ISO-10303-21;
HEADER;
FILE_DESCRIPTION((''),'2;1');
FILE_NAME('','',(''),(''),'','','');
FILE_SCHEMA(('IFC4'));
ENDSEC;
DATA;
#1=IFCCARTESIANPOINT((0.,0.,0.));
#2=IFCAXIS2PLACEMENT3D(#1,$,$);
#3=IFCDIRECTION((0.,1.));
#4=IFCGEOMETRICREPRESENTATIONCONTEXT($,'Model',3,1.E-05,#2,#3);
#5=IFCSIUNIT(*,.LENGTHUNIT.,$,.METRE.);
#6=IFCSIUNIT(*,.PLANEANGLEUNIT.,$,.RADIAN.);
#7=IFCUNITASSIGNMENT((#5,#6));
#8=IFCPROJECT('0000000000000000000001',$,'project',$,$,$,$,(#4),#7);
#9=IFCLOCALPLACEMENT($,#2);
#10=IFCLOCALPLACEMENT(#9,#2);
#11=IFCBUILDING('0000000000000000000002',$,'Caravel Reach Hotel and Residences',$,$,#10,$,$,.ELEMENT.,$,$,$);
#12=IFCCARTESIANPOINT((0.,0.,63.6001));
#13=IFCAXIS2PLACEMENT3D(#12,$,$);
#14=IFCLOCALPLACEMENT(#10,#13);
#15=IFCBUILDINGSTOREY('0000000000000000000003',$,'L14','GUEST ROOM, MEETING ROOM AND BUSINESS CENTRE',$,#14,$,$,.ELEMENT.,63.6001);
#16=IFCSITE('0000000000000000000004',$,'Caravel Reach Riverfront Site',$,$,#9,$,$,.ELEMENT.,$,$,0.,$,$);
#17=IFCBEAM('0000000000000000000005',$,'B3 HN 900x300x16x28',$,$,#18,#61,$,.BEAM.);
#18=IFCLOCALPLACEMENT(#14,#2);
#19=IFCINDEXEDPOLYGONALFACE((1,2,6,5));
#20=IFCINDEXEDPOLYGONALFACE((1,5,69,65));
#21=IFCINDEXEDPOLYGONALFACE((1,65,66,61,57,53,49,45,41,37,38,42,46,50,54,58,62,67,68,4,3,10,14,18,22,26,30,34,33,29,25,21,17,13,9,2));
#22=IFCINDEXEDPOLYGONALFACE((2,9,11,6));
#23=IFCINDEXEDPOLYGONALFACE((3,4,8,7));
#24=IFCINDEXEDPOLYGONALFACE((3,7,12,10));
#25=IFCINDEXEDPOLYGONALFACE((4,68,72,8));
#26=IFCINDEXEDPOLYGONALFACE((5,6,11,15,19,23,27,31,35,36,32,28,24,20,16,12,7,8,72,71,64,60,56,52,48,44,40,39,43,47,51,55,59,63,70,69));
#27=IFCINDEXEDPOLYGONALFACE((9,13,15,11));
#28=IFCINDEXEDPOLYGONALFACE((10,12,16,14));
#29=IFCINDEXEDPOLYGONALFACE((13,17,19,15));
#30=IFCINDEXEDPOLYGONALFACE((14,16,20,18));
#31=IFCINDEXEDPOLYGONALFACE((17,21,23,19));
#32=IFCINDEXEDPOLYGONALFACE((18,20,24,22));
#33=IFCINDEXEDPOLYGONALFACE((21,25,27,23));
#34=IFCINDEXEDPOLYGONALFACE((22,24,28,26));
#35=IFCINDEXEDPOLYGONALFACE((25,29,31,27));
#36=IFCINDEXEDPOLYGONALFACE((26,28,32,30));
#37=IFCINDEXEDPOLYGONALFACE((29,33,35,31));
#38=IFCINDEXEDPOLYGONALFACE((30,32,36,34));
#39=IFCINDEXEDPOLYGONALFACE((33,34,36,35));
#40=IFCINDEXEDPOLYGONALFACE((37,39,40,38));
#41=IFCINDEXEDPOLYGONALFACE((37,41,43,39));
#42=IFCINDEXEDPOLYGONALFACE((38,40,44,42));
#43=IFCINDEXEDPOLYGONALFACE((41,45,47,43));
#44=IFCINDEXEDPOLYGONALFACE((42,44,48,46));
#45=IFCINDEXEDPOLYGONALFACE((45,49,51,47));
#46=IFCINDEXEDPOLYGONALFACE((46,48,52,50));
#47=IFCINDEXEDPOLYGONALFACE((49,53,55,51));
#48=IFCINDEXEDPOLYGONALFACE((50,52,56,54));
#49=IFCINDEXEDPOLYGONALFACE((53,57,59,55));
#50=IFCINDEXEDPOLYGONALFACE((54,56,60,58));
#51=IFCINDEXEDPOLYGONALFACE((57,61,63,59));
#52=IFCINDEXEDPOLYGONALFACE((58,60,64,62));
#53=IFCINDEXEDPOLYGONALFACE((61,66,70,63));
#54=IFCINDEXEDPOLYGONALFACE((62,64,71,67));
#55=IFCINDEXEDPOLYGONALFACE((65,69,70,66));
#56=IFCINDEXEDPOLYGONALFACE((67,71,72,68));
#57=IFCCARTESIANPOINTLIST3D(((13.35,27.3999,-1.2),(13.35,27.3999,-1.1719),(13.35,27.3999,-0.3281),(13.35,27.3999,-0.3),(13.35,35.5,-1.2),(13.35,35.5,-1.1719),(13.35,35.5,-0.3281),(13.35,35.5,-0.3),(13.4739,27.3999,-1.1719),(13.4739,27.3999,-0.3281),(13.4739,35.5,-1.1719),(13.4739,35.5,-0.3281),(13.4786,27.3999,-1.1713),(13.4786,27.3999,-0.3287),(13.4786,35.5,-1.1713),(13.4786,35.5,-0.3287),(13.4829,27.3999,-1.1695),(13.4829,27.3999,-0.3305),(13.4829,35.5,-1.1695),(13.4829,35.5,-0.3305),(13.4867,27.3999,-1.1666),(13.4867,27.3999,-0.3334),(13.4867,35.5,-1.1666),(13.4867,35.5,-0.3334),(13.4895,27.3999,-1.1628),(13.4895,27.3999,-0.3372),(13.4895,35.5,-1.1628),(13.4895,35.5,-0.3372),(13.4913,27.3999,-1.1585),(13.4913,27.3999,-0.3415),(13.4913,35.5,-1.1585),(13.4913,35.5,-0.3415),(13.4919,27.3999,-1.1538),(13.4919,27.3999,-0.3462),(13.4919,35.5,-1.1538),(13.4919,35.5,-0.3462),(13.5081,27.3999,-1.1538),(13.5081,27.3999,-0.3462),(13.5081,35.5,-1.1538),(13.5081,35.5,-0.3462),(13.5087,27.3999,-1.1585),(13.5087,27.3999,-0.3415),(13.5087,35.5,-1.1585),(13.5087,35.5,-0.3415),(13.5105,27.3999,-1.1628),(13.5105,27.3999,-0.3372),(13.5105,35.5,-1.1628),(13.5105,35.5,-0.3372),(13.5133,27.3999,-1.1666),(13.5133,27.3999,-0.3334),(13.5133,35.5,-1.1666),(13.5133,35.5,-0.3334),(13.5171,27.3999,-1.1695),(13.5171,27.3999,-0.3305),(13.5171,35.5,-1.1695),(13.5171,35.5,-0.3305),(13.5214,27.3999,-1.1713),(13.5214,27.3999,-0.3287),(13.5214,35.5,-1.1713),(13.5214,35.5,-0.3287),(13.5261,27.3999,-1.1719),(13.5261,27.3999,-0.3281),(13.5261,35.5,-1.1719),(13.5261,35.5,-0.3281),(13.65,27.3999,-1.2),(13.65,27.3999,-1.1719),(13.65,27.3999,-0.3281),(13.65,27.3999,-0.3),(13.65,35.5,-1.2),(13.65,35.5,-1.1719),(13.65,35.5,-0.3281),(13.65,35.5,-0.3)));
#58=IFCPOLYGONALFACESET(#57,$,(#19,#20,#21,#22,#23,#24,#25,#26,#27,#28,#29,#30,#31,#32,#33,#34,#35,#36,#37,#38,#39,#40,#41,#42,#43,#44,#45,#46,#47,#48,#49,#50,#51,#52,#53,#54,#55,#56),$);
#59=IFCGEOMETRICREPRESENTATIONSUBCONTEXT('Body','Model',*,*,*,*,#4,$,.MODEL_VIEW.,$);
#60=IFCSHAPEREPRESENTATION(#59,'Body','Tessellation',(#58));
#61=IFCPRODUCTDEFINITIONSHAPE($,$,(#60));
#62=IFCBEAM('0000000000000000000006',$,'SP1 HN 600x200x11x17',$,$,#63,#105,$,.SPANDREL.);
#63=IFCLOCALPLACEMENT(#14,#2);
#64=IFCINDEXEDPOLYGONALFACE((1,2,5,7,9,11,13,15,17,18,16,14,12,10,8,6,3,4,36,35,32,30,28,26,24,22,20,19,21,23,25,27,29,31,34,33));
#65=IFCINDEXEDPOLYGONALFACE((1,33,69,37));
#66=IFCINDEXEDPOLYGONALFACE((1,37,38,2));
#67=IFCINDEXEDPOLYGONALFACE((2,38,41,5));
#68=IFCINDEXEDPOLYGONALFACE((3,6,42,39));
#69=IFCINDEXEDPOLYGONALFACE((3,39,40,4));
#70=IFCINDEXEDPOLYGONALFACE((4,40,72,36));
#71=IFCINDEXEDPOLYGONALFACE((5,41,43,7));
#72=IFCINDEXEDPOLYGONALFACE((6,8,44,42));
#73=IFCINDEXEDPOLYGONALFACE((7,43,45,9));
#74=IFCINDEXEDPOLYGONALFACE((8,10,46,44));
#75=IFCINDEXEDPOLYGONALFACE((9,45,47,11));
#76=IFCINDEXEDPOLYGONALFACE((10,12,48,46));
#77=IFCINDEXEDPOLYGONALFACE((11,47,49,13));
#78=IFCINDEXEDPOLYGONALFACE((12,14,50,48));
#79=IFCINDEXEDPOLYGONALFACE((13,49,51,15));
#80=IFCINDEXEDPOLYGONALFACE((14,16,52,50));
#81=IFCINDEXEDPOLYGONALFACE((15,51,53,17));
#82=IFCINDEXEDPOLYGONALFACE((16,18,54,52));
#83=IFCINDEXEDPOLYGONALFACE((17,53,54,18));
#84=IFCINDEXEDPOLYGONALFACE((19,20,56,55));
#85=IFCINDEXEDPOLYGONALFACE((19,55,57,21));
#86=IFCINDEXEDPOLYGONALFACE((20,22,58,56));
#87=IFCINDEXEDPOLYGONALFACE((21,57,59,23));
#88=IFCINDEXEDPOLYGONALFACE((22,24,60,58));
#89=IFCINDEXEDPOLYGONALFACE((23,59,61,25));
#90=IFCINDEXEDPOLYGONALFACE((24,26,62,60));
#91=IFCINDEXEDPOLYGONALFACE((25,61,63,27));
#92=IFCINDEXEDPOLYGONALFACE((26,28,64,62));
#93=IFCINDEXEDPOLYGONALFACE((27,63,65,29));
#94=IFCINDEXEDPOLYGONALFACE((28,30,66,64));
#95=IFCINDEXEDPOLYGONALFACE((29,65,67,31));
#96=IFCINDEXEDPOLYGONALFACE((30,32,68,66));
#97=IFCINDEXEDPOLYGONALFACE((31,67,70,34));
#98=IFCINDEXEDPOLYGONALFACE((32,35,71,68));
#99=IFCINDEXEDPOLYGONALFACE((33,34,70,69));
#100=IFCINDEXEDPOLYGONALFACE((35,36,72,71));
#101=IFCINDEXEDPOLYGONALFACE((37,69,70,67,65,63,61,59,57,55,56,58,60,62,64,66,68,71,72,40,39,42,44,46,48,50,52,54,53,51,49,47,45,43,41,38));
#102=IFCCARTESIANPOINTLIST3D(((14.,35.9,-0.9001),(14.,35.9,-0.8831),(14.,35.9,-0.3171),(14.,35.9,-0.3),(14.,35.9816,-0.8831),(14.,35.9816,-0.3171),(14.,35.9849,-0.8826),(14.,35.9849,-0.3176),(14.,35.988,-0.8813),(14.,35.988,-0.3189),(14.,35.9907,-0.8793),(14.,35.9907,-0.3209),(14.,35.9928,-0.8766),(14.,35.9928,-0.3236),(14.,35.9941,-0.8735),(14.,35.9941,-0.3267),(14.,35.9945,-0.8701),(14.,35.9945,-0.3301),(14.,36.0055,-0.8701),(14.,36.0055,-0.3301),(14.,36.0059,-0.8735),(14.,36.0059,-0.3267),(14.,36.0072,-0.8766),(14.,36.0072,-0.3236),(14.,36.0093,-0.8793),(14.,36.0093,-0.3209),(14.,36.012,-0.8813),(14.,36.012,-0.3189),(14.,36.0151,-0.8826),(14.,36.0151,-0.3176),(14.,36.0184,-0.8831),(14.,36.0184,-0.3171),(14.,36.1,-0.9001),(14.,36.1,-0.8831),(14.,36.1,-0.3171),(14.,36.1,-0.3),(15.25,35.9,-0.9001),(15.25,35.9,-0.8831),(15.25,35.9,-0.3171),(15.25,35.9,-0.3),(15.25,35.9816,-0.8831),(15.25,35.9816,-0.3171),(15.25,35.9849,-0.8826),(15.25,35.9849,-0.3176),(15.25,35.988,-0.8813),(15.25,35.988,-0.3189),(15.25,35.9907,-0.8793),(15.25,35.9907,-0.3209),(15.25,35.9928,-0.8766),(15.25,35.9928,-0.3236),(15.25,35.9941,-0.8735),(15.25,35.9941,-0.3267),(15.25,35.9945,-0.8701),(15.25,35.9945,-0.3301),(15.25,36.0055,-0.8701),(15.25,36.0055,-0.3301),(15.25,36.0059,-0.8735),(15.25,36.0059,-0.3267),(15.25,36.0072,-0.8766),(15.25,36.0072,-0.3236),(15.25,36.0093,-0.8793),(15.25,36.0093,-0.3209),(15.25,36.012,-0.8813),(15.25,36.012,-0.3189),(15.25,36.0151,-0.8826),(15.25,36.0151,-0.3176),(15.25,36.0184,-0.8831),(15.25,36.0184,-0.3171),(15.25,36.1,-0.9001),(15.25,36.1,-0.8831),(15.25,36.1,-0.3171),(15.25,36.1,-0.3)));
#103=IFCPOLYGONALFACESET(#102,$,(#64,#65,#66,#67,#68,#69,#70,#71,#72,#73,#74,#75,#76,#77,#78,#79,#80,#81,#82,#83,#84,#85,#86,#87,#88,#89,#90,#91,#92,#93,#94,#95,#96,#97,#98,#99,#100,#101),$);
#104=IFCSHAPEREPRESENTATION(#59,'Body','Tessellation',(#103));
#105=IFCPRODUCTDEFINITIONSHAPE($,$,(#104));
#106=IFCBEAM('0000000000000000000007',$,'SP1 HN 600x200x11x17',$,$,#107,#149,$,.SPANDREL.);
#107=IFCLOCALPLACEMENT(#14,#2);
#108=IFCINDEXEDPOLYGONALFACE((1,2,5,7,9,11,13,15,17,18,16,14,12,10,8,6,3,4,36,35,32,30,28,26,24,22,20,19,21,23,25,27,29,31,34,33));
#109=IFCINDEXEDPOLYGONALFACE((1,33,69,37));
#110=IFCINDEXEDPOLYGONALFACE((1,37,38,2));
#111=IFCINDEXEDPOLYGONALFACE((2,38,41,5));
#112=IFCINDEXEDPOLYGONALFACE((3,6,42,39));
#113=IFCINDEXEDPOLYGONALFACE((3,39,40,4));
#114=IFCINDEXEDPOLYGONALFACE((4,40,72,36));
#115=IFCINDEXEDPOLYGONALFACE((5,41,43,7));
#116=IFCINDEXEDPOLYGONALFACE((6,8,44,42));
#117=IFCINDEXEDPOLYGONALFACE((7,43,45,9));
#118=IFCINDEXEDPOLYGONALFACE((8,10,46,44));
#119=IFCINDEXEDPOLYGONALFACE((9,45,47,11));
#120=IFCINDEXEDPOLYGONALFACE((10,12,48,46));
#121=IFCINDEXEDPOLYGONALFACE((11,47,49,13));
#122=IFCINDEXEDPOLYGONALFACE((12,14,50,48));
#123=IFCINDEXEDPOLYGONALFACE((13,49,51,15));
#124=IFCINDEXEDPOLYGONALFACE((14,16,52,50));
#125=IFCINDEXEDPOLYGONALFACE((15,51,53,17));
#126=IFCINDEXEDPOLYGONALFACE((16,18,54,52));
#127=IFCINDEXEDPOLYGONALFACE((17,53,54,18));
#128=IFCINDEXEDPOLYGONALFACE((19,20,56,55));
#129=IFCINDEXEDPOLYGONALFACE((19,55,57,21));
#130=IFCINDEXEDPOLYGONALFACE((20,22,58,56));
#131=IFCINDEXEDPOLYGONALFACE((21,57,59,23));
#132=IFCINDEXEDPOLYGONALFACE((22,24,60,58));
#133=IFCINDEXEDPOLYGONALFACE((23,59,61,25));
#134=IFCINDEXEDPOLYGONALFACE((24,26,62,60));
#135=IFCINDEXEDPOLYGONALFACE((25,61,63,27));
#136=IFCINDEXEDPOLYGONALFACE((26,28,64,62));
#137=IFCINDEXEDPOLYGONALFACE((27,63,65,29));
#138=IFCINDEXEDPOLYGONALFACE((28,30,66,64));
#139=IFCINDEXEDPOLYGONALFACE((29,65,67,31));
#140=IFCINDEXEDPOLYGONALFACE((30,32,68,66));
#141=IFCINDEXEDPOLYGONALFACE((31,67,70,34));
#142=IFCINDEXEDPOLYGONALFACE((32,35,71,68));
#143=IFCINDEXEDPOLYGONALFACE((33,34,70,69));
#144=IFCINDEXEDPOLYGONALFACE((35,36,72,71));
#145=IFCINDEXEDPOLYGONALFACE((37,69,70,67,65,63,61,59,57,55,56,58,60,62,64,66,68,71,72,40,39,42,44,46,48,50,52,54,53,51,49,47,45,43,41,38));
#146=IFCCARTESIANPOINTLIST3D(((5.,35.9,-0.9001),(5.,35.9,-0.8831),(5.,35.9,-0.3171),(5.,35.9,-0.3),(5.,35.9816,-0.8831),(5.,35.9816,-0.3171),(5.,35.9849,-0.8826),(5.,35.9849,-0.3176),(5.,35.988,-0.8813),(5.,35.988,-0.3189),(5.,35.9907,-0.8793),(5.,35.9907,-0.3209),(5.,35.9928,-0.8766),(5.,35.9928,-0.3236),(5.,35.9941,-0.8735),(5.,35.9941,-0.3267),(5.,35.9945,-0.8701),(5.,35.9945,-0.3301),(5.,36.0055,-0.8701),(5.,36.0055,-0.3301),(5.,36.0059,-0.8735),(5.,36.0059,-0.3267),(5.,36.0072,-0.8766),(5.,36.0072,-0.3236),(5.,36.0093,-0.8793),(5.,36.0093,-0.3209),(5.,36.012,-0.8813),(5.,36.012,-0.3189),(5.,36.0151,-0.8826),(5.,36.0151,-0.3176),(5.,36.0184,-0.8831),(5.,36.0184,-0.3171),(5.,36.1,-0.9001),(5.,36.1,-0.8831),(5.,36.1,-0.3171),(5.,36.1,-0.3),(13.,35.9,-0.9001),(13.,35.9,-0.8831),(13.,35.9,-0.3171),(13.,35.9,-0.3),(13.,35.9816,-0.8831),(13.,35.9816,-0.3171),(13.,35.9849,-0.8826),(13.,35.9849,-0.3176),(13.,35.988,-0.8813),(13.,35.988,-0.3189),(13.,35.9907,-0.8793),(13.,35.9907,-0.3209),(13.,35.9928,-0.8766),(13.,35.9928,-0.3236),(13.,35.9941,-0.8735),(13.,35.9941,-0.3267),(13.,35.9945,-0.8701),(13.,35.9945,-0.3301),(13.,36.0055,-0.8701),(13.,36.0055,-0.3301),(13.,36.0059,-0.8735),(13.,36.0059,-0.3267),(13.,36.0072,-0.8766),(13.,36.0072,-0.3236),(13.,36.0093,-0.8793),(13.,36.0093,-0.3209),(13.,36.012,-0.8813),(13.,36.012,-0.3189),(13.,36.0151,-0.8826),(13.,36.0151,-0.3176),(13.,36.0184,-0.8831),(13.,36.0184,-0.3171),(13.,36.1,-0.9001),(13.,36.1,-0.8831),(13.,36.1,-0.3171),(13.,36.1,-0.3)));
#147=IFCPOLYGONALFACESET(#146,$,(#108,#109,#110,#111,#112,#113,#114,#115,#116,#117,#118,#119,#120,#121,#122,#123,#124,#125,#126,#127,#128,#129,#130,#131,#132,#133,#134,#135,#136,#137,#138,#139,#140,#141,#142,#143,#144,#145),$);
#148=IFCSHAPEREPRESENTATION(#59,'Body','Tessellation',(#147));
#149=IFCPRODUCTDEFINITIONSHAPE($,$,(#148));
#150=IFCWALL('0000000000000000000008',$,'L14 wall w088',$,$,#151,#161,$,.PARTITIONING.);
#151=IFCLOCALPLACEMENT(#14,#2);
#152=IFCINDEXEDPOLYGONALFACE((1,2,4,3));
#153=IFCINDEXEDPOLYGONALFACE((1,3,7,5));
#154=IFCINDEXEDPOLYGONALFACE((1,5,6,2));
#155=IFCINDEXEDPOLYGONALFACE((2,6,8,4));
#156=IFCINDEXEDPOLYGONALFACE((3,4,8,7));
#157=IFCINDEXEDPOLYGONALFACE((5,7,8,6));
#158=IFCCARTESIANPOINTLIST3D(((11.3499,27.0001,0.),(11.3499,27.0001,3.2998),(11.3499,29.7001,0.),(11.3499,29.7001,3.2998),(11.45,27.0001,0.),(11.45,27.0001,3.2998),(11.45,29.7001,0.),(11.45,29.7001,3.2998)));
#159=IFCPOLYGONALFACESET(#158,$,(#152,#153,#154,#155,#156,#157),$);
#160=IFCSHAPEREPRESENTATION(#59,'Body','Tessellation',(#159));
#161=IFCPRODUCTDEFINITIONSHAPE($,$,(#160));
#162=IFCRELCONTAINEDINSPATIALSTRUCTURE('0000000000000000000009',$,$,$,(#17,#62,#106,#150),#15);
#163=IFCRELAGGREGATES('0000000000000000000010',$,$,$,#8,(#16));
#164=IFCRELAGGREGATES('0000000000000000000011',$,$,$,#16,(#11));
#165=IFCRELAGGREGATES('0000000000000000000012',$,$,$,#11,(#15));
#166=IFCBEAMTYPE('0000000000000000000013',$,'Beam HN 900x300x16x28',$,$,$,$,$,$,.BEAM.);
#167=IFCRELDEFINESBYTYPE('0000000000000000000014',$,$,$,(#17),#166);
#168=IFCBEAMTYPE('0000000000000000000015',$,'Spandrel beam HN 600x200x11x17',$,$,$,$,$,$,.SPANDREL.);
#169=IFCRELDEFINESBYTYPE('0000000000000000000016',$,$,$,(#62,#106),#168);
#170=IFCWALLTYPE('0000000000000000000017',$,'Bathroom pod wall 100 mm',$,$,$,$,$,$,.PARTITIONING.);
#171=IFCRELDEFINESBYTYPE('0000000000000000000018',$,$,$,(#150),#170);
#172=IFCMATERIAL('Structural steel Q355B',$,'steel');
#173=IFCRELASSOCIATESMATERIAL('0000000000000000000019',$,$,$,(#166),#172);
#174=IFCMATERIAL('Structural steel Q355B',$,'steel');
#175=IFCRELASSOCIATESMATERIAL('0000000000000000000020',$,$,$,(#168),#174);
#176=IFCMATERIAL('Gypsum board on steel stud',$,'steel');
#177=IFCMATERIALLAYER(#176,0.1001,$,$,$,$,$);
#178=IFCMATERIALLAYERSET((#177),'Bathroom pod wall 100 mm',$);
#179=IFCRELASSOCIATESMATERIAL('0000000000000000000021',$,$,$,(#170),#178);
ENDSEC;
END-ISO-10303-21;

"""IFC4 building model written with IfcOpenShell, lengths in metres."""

from ifc_helpers import new_model, si_unit, direction, frame, frame_2d, origin, origin_2d, place, context, subcontext, project, spatial, rectangle, i_section, extrude, material, layer, layer_set, material_profile, profile_set, type_object, element, save


model = new_model("IFC4")

# Units and contexts
model_context = context("Model", 3, precision=1e-05, world=origin(), true_north=direction((0.0, 1.0)))
body_context = subcontext(model_context, "Body", "Model", "MODEL_VIEW")
ifc_project = project(units=[si_unit("LENGTHUNIT", "METRE"), si_unit("PLANEANGLEUNIT", "RADIAN")], contexts=[model_context])

# Site, building, storey
site_placement = place(None, origin())
site = spatial("IfcSite", under=ifc_project, at=site_placement, Name="Caravel Reach Riverfront Site", CompositionType="ELEMENT", RefElevation=0.0)
building_placement = place(site_placement, origin())
building = spatial("IfcBuilding", under=site, at=building_placement, Name="Caravel Reach Hotel and Residences", CompositionType="ELEMENT")
storey_placement = place(building_placement, frame((0.0, 0.0, 63.6001)))
storey = spatial("IfcBuildingStorey", under=building, at=storey_placement, Name="L14", Description="GUEST ROOM, MEETING ROOM AND BUSINESS CENTRE", CompositionType="ELEMENT", Elevation=63.6001)

# Beams
ifc_material_1 = material(Name="Structural steel Q355B", Category="steel")
ifc_material_profile_1 = material_profile(ifc_material_1, i_section(OverallWidth=0.3, OverallDepth=0.8999, WebThickness=0.0161, FlangeThickness=0.0281, FilletRadius=0.0181, at=origin_2d()), Name="HN 900x300x16x28")
ifc_profile_set_1 = profile_set([ifc_material_profile_1], Name="Structural steel Q355B")
beam_type_1 = type_object("IfcBeamType", Name="Beam HN 900x300x16x28", PredefinedType="BEAM", material=ifc_profile_set_1)
beam_1_placement = place(storey_placement, frame((13.5, 27.3999, -0.75), z_axis=(0.0, 1.0, 0.0), x_axis=(-1.0, 0.0, 0.0)))
element("IfcBeam", 1, at=beam_1_placement, inside=storey, type_object=beam_type_1, Name="B3 HN 900x300x16x28", PredefinedType="BEAM", context=body_context, shape_type="SweptSolid", body=[
    extrude(i_section(OverallWidth=0.3, OverallDepth=0.8999, WebThickness=0.0161, FlangeThickness=0.0281, FilletRadius=0.0181, at=origin_2d()), origin(), (0.0, 0.0, 1.0), 8.1001),
])
ifc_material_2 = material(Name="Structural steel Q355B", Category="steel")
ifc_material_profile_2 = material_profile(ifc_material_2, i_section(OverallWidth=0.2, OverallDepth=0.6001, WebThickness=0.011, FlangeThickness=0.0171, FilletRadius=0.0129, at=origin_2d()), Name="HN 600x200x11x17")
ifc_profile_set_2 = profile_set([ifc_material_profile_2], Name="Structural steel Q355B")
beam_type_2 = type_object("IfcBeamType", Name="Spandrel beam HN 600x200x11x17", PredefinedType="SPANDREL", material=ifc_profile_set_2)
beam_2_placement = place(storey_placement, frame((15.25, 36.0, -0.6001), z_axis=(-1.0, 0.0, 0.0), x_axis=(0.0, -1.0, 0.0)))
element("IfcBeam", 2, at=beam_2_placement, inside=storey, type_object=beam_type_2, Name="SP1 HN 600x200x11x17", PredefinedType="SPANDREL", context=body_context, shape_type="SweptSolid", body=[
    extrude(i_section(OverallWidth=0.2, OverallDepth=0.6001, WebThickness=0.011, FlangeThickness=0.0171, FilletRadius=0.0129, at=origin_2d()), origin(), (0.0, 0.0, 1.0), 1.25),
])
beam_3_placement = place(storey_placement, frame((13.0, 36.0, -0.6001), z_axis=(-1.0, 0.0, 0.0), x_axis=(0.0, -1.0, 0.0)))
element("IfcBeam", 3, at=beam_3_placement, inside=storey, type_object=beam_type_2, Name="SP1 HN 600x200x11x17", PredefinedType="SPANDREL", context=body_context, shape_type="SweptSolid", body=[
    extrude(i_section(OverallWidth=0.2, OverallDepth=0.6001, WebThickness=0.011, FlangeThickness=0.0171, FilletRadius=0.0129, at=origin_2d()), origin(), (0.0, 0.0, 1.0), 8.0),
])

# Wall
ifc_material_3 = material(Name="Gypsum board on steel stud", Category="steel")
ifc_layer_1 = layer(ifc_material_3, 0.1001)
ifc_layer_set_1 = layer_set([ifc_layer_1], Name="Bathroom pod wall 100 mm")
wall_type_1 = type_object("IfcWallType", Name="Bathroom pod wall 100 mm", PredefinedType="PARTITIONING", material=ifc_layer_set_1)
wall_1_placement = place(storey_placement, frame((11.3999, 27.0, 0.0), z_axis=(0.0, 0.0, 1.0), x_axis=(0.0, 1.0, 0.0)))
element("IfcWall", 4, at=wall_1_placement, inside=storey, type_object=wall_type_1, Name="L14 wall w088", PredefinedType="PARTITIONING", context=body_context, shape_type="SweptSolid", body=[
    extrude(rectangle(XDim=2.7, YDim=0.1001, at=frame_2d((1.3501, 0.0))), origin(), (0.0, 0.0, 1.0), 3.2998),
])

save(model, "model.ifc")
